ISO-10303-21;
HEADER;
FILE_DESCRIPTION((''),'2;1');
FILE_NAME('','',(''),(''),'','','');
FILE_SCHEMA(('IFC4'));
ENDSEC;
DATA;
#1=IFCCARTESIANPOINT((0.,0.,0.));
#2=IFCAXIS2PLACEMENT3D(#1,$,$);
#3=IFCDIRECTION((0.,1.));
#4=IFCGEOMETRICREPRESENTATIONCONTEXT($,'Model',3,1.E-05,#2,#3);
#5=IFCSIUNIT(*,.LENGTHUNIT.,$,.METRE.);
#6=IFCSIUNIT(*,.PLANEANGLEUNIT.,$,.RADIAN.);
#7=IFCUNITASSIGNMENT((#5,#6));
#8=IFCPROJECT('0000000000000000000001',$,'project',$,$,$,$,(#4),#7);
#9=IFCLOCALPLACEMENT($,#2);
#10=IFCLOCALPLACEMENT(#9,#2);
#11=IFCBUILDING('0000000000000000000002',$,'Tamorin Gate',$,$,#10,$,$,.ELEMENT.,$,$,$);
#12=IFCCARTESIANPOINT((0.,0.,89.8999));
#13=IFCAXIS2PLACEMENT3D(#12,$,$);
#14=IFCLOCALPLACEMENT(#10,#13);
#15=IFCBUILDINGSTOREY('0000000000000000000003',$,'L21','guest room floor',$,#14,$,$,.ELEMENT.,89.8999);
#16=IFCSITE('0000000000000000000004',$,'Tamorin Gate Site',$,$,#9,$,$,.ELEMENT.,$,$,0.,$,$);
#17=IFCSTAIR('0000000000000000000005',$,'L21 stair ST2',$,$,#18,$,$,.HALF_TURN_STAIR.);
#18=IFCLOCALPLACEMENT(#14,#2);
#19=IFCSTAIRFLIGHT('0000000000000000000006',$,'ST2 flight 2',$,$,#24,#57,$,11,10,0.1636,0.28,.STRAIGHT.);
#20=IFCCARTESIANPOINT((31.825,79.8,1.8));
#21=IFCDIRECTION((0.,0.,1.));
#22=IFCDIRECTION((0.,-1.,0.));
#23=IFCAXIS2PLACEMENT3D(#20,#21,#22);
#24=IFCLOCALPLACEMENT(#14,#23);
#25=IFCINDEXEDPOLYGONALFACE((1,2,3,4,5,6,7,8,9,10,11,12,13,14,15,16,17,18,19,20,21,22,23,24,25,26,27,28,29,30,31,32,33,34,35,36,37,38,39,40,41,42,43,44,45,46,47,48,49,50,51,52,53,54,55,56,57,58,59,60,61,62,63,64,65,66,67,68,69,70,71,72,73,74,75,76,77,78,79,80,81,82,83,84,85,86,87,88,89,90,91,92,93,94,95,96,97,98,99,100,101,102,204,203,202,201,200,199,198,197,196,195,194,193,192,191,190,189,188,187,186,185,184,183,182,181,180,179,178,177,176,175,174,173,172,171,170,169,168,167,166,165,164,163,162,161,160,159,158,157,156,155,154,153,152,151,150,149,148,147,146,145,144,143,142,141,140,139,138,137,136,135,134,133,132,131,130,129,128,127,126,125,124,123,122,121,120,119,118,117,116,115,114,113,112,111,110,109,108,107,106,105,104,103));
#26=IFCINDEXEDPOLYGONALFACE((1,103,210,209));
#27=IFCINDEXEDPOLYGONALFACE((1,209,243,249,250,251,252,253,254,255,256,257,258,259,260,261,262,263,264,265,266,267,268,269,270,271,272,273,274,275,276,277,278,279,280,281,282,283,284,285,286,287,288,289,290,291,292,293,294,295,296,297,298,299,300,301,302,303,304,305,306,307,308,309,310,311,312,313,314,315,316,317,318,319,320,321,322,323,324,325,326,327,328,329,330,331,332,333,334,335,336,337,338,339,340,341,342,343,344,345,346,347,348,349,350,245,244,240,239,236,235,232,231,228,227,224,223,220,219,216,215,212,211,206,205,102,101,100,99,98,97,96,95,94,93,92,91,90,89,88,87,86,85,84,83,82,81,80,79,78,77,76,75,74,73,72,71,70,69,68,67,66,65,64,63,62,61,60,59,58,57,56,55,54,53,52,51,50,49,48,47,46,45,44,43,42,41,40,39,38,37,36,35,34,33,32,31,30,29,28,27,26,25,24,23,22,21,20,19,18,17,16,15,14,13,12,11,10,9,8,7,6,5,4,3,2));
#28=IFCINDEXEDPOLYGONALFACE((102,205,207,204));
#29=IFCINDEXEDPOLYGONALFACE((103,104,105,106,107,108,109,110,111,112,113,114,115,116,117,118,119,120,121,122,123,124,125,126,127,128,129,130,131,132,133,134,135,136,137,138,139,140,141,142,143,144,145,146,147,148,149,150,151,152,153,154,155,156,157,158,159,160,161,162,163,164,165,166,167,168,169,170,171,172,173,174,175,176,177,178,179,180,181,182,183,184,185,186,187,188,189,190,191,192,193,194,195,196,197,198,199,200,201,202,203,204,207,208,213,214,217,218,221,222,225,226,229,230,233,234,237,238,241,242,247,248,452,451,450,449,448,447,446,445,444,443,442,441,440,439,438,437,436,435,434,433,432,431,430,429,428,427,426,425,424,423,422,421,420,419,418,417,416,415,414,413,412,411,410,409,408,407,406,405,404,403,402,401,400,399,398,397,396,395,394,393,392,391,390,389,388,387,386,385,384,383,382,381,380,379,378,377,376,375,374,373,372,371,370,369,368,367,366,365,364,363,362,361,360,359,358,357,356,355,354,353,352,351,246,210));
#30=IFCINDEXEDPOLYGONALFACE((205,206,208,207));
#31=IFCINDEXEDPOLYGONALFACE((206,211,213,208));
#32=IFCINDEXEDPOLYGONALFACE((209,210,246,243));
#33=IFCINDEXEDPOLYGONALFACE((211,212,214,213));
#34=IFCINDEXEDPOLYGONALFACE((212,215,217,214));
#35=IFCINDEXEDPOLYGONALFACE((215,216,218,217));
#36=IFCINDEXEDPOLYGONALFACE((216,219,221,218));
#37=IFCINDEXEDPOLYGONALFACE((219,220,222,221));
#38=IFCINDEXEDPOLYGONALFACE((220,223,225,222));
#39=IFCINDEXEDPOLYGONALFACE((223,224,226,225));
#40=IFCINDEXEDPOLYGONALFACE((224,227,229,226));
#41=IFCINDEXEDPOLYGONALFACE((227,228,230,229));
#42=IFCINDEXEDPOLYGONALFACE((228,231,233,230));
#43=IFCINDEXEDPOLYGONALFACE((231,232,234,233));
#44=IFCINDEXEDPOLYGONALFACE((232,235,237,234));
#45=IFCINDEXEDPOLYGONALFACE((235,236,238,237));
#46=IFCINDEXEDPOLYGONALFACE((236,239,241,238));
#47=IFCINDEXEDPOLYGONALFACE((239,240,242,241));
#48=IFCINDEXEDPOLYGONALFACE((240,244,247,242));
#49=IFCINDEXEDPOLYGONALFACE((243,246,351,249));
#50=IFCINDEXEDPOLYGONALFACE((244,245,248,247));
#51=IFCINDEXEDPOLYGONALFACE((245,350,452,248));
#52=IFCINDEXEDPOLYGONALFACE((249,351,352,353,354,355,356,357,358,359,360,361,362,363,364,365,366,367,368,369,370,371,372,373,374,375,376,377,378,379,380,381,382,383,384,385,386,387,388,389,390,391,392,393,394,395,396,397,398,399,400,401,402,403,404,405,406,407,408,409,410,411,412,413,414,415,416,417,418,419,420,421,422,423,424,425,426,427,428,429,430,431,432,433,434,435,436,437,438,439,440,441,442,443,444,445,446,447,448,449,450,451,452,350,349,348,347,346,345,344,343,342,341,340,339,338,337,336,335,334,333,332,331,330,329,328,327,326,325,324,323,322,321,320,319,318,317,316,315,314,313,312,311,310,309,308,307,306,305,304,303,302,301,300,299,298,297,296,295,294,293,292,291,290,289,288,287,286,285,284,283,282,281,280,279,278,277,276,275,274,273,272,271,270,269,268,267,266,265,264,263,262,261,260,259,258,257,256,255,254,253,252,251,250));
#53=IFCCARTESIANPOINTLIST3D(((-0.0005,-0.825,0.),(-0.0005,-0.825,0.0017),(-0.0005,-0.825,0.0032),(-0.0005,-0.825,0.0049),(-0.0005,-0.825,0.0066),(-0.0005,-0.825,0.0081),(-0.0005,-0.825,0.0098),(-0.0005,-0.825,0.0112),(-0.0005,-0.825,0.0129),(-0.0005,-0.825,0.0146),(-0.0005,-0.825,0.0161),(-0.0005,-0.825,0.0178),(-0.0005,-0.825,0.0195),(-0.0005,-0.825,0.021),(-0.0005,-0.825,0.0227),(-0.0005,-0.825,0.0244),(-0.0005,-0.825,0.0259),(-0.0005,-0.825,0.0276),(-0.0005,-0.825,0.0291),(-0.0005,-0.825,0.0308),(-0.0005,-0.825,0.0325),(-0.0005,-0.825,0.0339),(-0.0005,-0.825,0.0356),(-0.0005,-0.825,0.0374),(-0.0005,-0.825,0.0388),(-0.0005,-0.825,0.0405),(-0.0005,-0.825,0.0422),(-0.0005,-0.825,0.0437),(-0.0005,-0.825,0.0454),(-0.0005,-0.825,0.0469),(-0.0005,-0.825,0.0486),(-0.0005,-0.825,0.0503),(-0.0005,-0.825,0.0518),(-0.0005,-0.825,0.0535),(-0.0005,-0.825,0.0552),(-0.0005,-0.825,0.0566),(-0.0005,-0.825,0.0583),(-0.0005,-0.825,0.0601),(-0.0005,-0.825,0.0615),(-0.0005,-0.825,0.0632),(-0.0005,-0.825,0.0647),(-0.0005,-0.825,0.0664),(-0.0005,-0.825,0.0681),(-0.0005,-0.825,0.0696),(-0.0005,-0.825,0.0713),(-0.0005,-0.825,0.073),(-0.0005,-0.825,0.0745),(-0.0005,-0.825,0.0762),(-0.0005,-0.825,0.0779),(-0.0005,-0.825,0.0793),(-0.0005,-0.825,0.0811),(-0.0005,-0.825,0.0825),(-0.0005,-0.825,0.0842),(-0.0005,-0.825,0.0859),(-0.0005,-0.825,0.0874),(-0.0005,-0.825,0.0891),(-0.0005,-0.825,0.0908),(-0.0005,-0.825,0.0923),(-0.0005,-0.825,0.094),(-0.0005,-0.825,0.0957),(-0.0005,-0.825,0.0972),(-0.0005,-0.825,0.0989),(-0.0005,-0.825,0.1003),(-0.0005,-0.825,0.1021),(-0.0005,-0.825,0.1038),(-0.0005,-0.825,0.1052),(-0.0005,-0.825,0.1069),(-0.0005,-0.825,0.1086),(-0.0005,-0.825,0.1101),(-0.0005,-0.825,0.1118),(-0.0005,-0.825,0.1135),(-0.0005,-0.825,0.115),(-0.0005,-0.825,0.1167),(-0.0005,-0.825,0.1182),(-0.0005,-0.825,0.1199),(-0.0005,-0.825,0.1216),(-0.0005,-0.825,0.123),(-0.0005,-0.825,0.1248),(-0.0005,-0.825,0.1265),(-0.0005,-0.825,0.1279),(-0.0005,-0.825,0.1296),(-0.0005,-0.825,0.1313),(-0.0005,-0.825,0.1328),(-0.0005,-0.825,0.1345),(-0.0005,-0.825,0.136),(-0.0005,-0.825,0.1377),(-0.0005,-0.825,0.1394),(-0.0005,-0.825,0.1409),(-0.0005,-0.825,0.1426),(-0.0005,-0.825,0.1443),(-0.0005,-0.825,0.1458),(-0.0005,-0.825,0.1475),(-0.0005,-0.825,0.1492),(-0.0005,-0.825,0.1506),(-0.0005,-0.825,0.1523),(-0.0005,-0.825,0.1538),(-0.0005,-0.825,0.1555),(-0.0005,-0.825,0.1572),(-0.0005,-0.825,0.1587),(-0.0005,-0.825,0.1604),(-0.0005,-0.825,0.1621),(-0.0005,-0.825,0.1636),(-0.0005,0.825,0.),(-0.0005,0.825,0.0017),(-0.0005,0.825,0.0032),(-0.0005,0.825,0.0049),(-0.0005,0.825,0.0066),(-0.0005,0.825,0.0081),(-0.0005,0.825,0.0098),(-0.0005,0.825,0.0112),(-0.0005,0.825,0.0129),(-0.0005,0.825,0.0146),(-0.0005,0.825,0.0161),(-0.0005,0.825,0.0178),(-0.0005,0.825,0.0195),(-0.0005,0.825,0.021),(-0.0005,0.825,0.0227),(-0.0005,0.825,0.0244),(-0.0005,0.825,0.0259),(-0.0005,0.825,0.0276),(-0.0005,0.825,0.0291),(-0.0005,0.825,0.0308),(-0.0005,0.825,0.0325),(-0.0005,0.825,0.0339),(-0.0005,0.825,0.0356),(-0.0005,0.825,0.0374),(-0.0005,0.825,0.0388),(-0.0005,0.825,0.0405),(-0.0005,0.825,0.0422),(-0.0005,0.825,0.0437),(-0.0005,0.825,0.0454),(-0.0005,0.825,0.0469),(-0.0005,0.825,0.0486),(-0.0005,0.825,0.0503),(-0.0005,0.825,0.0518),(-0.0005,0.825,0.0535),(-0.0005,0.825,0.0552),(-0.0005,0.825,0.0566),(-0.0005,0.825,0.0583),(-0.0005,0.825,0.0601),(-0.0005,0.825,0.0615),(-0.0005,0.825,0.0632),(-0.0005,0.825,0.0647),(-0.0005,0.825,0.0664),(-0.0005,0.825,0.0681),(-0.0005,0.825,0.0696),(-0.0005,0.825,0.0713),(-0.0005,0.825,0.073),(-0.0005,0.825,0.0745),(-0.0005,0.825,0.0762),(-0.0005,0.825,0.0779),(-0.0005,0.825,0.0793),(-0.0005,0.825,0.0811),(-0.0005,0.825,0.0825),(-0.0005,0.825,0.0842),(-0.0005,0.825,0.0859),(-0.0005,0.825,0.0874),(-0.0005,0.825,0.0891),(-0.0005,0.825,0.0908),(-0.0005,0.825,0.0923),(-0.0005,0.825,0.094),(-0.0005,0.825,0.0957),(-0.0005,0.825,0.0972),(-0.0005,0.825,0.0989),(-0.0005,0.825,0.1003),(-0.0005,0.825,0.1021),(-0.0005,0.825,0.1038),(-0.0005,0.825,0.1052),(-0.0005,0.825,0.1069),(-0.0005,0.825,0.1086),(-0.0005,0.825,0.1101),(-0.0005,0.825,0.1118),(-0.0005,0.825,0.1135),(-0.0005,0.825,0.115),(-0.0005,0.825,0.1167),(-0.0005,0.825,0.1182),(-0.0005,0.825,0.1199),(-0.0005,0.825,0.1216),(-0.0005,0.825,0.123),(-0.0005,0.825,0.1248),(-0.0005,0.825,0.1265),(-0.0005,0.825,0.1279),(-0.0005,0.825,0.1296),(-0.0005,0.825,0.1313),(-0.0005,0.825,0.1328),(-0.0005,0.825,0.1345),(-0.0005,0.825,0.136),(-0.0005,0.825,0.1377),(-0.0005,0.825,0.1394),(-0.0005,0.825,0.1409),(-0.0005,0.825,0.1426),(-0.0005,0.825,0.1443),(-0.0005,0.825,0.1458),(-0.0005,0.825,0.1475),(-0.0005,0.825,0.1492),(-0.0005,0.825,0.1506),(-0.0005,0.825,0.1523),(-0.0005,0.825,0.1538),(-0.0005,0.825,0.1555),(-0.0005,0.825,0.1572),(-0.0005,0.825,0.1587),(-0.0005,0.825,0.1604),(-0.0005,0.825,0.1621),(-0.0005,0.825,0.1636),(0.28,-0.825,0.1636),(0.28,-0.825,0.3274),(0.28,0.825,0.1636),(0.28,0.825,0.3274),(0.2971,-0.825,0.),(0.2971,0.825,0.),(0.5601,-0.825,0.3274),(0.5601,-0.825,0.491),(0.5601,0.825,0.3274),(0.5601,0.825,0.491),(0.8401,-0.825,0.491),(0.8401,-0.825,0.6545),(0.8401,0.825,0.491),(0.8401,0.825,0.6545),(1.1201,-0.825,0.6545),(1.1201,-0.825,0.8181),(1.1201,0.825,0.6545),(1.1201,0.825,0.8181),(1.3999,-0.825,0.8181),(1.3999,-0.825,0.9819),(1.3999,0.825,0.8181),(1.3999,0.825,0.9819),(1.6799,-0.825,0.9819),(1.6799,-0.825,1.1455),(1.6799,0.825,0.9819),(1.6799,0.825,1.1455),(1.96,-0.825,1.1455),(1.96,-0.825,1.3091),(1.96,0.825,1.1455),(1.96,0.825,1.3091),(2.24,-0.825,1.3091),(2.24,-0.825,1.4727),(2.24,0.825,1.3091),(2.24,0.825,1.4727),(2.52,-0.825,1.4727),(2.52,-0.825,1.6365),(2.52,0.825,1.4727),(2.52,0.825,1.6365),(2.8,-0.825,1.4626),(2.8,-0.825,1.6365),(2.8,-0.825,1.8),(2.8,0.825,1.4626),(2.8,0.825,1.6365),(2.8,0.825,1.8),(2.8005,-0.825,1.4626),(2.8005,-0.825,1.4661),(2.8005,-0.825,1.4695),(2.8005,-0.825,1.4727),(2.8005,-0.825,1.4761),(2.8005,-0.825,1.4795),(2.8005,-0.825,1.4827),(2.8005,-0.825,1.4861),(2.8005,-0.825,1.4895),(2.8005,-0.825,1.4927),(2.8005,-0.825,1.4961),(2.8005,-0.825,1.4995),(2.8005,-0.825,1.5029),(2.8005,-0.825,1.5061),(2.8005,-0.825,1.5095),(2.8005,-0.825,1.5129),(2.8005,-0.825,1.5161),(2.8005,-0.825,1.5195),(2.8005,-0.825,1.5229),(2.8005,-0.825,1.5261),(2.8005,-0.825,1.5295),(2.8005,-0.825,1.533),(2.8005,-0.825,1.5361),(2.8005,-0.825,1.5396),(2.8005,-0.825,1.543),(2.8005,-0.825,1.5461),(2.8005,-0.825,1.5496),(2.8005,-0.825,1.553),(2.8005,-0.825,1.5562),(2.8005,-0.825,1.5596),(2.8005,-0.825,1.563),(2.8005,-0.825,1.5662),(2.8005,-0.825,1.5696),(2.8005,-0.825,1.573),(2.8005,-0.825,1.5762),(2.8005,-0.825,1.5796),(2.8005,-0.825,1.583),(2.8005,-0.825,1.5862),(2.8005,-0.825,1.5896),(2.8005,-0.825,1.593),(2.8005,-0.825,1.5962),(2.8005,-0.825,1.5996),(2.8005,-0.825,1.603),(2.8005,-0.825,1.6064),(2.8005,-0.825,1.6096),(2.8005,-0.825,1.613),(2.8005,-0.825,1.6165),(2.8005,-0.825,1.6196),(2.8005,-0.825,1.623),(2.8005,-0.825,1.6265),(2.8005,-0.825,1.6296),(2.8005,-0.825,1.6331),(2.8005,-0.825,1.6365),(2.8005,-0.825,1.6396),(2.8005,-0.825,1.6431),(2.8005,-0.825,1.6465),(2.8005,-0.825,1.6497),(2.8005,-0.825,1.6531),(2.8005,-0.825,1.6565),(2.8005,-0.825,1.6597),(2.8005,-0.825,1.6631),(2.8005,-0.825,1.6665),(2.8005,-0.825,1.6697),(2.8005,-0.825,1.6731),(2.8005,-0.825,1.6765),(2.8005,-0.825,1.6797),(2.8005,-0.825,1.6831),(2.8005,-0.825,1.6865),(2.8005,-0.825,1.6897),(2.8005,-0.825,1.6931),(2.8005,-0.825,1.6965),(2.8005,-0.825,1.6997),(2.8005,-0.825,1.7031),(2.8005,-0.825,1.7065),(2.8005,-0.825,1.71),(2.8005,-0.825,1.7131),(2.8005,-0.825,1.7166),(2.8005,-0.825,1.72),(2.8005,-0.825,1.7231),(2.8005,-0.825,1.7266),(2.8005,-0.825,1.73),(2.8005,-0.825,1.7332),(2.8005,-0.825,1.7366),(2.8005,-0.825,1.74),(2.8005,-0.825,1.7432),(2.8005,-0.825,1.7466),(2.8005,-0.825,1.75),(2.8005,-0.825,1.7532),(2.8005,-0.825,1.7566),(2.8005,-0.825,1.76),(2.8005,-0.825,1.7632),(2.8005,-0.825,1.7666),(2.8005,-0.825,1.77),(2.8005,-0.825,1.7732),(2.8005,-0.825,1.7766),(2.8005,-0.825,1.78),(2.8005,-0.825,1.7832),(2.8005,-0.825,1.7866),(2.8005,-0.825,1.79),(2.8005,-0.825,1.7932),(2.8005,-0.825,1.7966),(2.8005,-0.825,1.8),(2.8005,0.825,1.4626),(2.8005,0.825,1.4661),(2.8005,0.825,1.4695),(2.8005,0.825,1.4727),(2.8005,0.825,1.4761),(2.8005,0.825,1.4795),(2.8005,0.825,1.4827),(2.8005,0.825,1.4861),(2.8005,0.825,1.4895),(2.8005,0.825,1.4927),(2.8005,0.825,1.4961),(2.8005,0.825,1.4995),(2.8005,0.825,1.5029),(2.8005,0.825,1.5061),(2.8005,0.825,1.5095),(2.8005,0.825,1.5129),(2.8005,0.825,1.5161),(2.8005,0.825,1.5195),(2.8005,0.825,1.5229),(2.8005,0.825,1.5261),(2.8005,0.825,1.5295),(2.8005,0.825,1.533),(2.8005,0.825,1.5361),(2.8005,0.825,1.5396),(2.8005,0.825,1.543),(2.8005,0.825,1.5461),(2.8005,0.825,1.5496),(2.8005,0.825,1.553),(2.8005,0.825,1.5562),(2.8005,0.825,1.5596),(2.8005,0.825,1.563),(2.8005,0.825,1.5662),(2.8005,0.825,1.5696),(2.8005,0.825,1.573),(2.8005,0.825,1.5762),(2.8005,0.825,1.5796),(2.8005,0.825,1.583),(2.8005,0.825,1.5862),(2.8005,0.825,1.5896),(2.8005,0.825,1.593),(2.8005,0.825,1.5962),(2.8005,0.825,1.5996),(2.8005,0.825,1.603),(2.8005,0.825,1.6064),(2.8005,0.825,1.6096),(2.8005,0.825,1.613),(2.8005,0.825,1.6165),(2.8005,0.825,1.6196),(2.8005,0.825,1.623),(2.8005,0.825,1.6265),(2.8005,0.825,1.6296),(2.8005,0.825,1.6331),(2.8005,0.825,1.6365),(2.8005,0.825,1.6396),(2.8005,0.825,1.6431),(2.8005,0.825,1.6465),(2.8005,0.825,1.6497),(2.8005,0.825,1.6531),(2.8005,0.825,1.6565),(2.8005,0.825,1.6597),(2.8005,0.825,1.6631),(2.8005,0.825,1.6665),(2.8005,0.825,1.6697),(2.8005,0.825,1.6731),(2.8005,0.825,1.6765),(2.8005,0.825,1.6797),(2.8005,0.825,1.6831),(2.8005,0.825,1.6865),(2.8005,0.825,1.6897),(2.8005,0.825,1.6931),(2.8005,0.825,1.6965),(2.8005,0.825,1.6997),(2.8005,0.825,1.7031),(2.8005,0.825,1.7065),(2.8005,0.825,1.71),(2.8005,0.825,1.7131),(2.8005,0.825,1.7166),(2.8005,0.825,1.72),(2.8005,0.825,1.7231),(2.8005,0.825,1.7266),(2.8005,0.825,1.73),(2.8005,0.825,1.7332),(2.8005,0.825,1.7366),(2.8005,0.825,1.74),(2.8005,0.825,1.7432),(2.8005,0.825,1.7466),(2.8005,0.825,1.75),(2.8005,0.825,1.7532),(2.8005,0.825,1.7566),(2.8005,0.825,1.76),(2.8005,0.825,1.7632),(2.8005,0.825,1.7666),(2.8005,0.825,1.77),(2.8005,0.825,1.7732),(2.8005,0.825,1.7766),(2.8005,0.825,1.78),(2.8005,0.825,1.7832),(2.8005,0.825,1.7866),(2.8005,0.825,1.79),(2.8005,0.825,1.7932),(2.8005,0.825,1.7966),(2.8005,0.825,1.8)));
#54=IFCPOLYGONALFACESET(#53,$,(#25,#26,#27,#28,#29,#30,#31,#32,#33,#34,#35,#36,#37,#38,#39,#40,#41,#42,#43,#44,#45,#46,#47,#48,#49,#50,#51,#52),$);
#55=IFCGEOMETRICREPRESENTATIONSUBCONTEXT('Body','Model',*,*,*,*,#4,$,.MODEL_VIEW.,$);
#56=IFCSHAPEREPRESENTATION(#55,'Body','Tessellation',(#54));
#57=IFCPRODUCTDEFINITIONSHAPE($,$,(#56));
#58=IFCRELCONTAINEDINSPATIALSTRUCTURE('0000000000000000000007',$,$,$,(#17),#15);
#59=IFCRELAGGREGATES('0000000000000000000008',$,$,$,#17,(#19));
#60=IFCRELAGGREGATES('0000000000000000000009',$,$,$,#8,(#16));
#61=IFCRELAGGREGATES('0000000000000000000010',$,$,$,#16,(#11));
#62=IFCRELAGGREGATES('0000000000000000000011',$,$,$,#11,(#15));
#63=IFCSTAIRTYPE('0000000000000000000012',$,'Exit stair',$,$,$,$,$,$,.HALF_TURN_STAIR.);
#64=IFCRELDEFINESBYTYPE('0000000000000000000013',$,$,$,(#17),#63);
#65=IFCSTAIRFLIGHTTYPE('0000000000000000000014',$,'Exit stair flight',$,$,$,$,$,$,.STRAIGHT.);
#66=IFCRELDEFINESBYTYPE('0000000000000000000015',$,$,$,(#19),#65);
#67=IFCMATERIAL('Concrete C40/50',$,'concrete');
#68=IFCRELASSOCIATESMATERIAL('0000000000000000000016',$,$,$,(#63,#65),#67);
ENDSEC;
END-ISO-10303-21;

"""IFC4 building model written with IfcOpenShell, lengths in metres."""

from ifc_helpers import new_model, si_unit, direction, frame, origin, place, context, subcontext, project, spatial, polyline, outline, extrude, material, type_object, element, aggregate, save


model = new_model("IFC4")

# Units and contexts
model_context = context("Model", 3, precision=1e-05, world=origin(), true_north=direction((0.0, 1.0)))
body_context = subcontext(model_context, "Body", "Model", "MODEL_VIEW")
ifc_project = project(units=[si_unit("LENGTHUNIT", "METRE"), si_unit("PLANEANGLEUNIT", "RADIAN")], contexts=[model_context])

# Site, building, storey
site_placement = place(None, origin())
site = spatial("IfcSite", under=ifc_project, at=site_placement, Name="Tamorin Gate Site", CompositionType="ELEMENT", RefElevation=0.0)
building_placement = place(site_placement, origin())
building = spatial("IfcBuilding", under=site, at=building_placement, Name="Tamorin Gate", CompositionType="ELEMENT")
storey_placement = place(building_placement, frame((0.0, 0.0, 89.8999)))
storey = spatial("IfcBuildingStorey", under=building, at=storey_placement, Name="L21", Description="guest room floor", CompositionType="ELEMENT", Elevation=89.8999)

# Shared definitions
ifc_material_1 = material(Name="Concrete C40/50", Category="concrete")

# Stair, stair flight
stair_type = type_object("IfcStairType", Name="Exit stair", PredefinedType="HALF_TURN_STAIR", material=ifc_material_1)
stair_placement = place(storey_placement, origin())
stair = element("IfcStair", 1, at=stair_placement, inside=storey, type_object=stair_type, Name="L21 stair ST2", PredefinedType="HALF_TURN_STAIR")
stair_flight_type = type_object("IfcStairFlightType", Name="Exit stair flight", PredefinedType="STRAIGHT", material=ifc_material_1)
stair_flight_1_placement = place(storey_placement, frame((31.825, 79.8, 1.8), z_axis=(0.0, 0.0, 1.0), x_axis=(0.0, -1.0, 0.0)))
stair_flight_1 = element("IfcStairFlight", 2, at=stair_flight_1_placement, type_object=stair_flight_type, Name="ST2 flight 2", NumberOfRisers=11, NumberOfTreads=10, PredefinedType="STRAIGHT", RiserHeight=0.1636, TreadLength=0.28, context=body_context, shape_type="SweptSolid", body=[
    extrude(outline(polyline([(-0.0005, 0.0), (-0.0005, 0.0017), (-0.0005, 0.0032), (-0.0005, 0.0049), (-0.0005, 0.0066), (-0.0005, 0.0081), (-0.0005, 0.0098), (-0.0005, 0.0112), (-0.0005, 0.0129), (-0.0005, 0.0146), (-0.0005, 0.0161), (-0.0005, 0.0178), (-0.0005, 0.0195), (-0.0005, 0.021), (-0.0005, 0.0227), (-0.0005, 0.0244), (-0.0005, 0.0259), (-0.0005, 0.0276), (-0.0005, 0.0291), (-0.0005, 0.0308), (-0.0005, 0.0325), (-0.0005, 0.0339), (-0.0005, 0.0356), (-0.0005, 0.0374), (-0.0005, 0.0388), (-0.0005, 0.0405), (-0.0005, 0.0422), (-0.0005, 0.0437), (-0.0005, 0.0454), (-0.0005, 0.0469), (-0.0005, 0.0486), (-0.0005, 0.0503), (-0.0005, 0.0518), (-0.0005, 0.0535), (-0.0005, 0.0552), (-0.0005, 0.0566), (-0.0005, 0.0583), (-0.0005, 0.0601), (-0.0005, 0.0615), (-0.0005, 0.0632), (-0.0005, 0.0647), (-0.0005, 0.0664), (-0.0005, 0.0681), (-0.0005, 0.0696), (-0.0005, 0.0713), (-0.0005, 0.073), (-0.0005, 0.0745), (-0.0005, 0.0762), (-0.0005, 0.0779), (-0.0005, 0.0793), (-0.0005, 0.0811), (-0.0005, 0.0825), (-0.0005, 0.0842), (-0.0005, 0.0859), (-0.0005, 0.0874), (-0.0005, 0.0891), (-0.0005, 0.0908), (-0.0005, 0.0923), (-0.0005, 0.094), (-0.0005, 0.0957), (-0.0005, 0.0972), (-0.0005, 0.0989), (-0.0005, 0.1003), (-0.0005, 0.1021), (-0.0005, 0.1038), (-0.0005, 0.1052), (-0.0005, 0.1069), (-0.0005, 0.1086), (-0.0005, 0.1101), (-0.0005, 0.1118), (-0.0005, 0.1135), (-0.0005, 0.115), (-0.0005, 0.1167), (-0.0005, 0.1182), (-0.0005, 0.1199), (-0.0005, 0.1216), (-0.0005, 0.123), (-0.0005, 0.1248), (-0.0005, 0.1265), (-0.0005, 0.1279), (-0.0005, 0.1296), (-0.0005, 0.1313), (-0.0005, 0.1328), (-0.0005, 0.1345), (-0.0005, 0.136), (-0.0005, 0.1377), (-0.0005, 0.1394), (-0.0005, 0.1409), (-0.0005, 0.1426), (-0.0005, 0.1443), (-0.0005, 0.1458), (-0.0005, 0.1475), (-0.0005, 0.1492), (-0.0005, 0.1506), (-0.0005, 0.1523), (-0.0005, 0.1538), (-0.0005, 0.1555), (-0.0005, 0.1572), (-0.0005, 0.1587), (-0.0005, 0.1604), (-0.0005, 0.1621), (-0.0005, 0.1636), (0.28, 0.1636), (0.28, 0.3274), (0.5601, 0.3274), (0.5601, 0.491), (0.8401, 0.491), (0.8401, 0.6545), (1.1201, 0.6545), (1.1201, 0.8181), (1.3999, 0.8181), (1.3999, 0.9819), (1.6799, 0.9819), (1.6799, 1.1455), (1.96, 1.1455), (1.96, 1.3091), (2.24, 1.3091), (2.24, 1.4727), (2.52, 1.4727), (2.52, 1.6365), (2.8, 1.6365), (2.8, 1.8), (2.8005, 1.8), (2.8005, 1.7966), (2.8005, 1.7932), (2.8005, 1.79), (2.8005, 1.7866), (2.8005, 1.7832), (2.8005, 1.78), (2.8005, 1.7766), (2.8005, 1.7732), (2.8005, 1.77), (2.8005, 1.7666), (2.8005, 1.7632), (2.8005, 1.76), (2.8005, 1.7566), (2.8005, 1.7532), (2.8005, 1.75), (2.8005, 1.7466), (2.8005, 1.7432), (2.8005, 1.74), (2.8005, 1.7366), (2.8005, 1.7332), (2.8005, 1.73), (2.8005, 1.7266), (2.8005, 1.7231), (2.8005, 1.72), (2.8005, 1.7166), (2.8005, 1.7131), (2.8005, 1.71), (2.8005, 1.7065), (2.8005, 1.7031), (2.8005, 1.6997), (2.8005, 1.6965), (2.8005, 1.6931), (2.8005, 1.6897), (2.8005, 1.6865), (2.8005, 1.6831), (2.8005, 1.6797), (2.8005, 1.6765), (2.8005, 1.6731), (2.8005, 1.6697), (2.8005, 1.6665), (2.8005, 1.6631), (2.8005, 1.6597), (2.8005, 1.6565), (2.8005, 1.6531), (2.8005, 1.6497), (2.8005, 1.6465), (2.8005, 1.6431), (2.8005, 1.6396), (2.8005, 1.6365), (2.8005, 1.6331), (2.8005, 1.6296), (2.8005, 1.6265), (2.8005, 1.623), (2.8005, 1.6196), (2.8005, 1.6165), (2.8005, 1.613), (2.8005, 1.6096), (2.8005, 1.6064), (2.8005, 1.603), (2.8005, 1.5996), (2.8005, 1.5962), (2.8005, 1.593), (2.8005, 1.5896), (2.8005, 1.5862), (2.8005, 1.583), (2.8005, 1.5796), (2.8005, 1.5762), (2.8005, 1.573), (2.8005, 1.5696), (2.8005, 1.5662), (2.8005, 1.563), (2.8005, 1.5596), (2.8005, 1.5562), (2.8005, 1.553), (2.8005, 1.5496), (2.8005, 1.5461), (2.8005, 1.543), (2.8005, 1.5396), (2.8005, 1.5361), (2.8005, 1.533), (2.8005, 1.5295), (2.8005, 1.5261), (2.8005, 1.5229), (2.8005, 1.5195), (2.8005, 1.5161), (2.8005, 1.5129), (2.8005, 1.5095), (2.8005, 1.5061), (2.8005, 1.5029), (2.8005, 1.4995), (2.8005, 1.4961), (2.8005, 1.4927), (2.8005, 1.4895), (2.8005, 1.4861), (2.8005, 1.4827), (2.8005, 1.4795), (2.8005, 1.4761), (2.8005, 1.4727), (2.8005, 1.4695), (2.8005, 1.4661), (2.8005, 1.4626), (2.8, 1.4626), (0.2971, 0.0), (-0.0005, 0.0)])), frame((0.0, 0.825, 0.0), z_axis=(0.0, -1.0, 0.0), x_axis=(1.0, 0.0, 0.0)), (0.0, 0.0, 1.0), 1.6499),
])
aggregate(stair, [stair_flight_1])

save(model, "model.ifc")
